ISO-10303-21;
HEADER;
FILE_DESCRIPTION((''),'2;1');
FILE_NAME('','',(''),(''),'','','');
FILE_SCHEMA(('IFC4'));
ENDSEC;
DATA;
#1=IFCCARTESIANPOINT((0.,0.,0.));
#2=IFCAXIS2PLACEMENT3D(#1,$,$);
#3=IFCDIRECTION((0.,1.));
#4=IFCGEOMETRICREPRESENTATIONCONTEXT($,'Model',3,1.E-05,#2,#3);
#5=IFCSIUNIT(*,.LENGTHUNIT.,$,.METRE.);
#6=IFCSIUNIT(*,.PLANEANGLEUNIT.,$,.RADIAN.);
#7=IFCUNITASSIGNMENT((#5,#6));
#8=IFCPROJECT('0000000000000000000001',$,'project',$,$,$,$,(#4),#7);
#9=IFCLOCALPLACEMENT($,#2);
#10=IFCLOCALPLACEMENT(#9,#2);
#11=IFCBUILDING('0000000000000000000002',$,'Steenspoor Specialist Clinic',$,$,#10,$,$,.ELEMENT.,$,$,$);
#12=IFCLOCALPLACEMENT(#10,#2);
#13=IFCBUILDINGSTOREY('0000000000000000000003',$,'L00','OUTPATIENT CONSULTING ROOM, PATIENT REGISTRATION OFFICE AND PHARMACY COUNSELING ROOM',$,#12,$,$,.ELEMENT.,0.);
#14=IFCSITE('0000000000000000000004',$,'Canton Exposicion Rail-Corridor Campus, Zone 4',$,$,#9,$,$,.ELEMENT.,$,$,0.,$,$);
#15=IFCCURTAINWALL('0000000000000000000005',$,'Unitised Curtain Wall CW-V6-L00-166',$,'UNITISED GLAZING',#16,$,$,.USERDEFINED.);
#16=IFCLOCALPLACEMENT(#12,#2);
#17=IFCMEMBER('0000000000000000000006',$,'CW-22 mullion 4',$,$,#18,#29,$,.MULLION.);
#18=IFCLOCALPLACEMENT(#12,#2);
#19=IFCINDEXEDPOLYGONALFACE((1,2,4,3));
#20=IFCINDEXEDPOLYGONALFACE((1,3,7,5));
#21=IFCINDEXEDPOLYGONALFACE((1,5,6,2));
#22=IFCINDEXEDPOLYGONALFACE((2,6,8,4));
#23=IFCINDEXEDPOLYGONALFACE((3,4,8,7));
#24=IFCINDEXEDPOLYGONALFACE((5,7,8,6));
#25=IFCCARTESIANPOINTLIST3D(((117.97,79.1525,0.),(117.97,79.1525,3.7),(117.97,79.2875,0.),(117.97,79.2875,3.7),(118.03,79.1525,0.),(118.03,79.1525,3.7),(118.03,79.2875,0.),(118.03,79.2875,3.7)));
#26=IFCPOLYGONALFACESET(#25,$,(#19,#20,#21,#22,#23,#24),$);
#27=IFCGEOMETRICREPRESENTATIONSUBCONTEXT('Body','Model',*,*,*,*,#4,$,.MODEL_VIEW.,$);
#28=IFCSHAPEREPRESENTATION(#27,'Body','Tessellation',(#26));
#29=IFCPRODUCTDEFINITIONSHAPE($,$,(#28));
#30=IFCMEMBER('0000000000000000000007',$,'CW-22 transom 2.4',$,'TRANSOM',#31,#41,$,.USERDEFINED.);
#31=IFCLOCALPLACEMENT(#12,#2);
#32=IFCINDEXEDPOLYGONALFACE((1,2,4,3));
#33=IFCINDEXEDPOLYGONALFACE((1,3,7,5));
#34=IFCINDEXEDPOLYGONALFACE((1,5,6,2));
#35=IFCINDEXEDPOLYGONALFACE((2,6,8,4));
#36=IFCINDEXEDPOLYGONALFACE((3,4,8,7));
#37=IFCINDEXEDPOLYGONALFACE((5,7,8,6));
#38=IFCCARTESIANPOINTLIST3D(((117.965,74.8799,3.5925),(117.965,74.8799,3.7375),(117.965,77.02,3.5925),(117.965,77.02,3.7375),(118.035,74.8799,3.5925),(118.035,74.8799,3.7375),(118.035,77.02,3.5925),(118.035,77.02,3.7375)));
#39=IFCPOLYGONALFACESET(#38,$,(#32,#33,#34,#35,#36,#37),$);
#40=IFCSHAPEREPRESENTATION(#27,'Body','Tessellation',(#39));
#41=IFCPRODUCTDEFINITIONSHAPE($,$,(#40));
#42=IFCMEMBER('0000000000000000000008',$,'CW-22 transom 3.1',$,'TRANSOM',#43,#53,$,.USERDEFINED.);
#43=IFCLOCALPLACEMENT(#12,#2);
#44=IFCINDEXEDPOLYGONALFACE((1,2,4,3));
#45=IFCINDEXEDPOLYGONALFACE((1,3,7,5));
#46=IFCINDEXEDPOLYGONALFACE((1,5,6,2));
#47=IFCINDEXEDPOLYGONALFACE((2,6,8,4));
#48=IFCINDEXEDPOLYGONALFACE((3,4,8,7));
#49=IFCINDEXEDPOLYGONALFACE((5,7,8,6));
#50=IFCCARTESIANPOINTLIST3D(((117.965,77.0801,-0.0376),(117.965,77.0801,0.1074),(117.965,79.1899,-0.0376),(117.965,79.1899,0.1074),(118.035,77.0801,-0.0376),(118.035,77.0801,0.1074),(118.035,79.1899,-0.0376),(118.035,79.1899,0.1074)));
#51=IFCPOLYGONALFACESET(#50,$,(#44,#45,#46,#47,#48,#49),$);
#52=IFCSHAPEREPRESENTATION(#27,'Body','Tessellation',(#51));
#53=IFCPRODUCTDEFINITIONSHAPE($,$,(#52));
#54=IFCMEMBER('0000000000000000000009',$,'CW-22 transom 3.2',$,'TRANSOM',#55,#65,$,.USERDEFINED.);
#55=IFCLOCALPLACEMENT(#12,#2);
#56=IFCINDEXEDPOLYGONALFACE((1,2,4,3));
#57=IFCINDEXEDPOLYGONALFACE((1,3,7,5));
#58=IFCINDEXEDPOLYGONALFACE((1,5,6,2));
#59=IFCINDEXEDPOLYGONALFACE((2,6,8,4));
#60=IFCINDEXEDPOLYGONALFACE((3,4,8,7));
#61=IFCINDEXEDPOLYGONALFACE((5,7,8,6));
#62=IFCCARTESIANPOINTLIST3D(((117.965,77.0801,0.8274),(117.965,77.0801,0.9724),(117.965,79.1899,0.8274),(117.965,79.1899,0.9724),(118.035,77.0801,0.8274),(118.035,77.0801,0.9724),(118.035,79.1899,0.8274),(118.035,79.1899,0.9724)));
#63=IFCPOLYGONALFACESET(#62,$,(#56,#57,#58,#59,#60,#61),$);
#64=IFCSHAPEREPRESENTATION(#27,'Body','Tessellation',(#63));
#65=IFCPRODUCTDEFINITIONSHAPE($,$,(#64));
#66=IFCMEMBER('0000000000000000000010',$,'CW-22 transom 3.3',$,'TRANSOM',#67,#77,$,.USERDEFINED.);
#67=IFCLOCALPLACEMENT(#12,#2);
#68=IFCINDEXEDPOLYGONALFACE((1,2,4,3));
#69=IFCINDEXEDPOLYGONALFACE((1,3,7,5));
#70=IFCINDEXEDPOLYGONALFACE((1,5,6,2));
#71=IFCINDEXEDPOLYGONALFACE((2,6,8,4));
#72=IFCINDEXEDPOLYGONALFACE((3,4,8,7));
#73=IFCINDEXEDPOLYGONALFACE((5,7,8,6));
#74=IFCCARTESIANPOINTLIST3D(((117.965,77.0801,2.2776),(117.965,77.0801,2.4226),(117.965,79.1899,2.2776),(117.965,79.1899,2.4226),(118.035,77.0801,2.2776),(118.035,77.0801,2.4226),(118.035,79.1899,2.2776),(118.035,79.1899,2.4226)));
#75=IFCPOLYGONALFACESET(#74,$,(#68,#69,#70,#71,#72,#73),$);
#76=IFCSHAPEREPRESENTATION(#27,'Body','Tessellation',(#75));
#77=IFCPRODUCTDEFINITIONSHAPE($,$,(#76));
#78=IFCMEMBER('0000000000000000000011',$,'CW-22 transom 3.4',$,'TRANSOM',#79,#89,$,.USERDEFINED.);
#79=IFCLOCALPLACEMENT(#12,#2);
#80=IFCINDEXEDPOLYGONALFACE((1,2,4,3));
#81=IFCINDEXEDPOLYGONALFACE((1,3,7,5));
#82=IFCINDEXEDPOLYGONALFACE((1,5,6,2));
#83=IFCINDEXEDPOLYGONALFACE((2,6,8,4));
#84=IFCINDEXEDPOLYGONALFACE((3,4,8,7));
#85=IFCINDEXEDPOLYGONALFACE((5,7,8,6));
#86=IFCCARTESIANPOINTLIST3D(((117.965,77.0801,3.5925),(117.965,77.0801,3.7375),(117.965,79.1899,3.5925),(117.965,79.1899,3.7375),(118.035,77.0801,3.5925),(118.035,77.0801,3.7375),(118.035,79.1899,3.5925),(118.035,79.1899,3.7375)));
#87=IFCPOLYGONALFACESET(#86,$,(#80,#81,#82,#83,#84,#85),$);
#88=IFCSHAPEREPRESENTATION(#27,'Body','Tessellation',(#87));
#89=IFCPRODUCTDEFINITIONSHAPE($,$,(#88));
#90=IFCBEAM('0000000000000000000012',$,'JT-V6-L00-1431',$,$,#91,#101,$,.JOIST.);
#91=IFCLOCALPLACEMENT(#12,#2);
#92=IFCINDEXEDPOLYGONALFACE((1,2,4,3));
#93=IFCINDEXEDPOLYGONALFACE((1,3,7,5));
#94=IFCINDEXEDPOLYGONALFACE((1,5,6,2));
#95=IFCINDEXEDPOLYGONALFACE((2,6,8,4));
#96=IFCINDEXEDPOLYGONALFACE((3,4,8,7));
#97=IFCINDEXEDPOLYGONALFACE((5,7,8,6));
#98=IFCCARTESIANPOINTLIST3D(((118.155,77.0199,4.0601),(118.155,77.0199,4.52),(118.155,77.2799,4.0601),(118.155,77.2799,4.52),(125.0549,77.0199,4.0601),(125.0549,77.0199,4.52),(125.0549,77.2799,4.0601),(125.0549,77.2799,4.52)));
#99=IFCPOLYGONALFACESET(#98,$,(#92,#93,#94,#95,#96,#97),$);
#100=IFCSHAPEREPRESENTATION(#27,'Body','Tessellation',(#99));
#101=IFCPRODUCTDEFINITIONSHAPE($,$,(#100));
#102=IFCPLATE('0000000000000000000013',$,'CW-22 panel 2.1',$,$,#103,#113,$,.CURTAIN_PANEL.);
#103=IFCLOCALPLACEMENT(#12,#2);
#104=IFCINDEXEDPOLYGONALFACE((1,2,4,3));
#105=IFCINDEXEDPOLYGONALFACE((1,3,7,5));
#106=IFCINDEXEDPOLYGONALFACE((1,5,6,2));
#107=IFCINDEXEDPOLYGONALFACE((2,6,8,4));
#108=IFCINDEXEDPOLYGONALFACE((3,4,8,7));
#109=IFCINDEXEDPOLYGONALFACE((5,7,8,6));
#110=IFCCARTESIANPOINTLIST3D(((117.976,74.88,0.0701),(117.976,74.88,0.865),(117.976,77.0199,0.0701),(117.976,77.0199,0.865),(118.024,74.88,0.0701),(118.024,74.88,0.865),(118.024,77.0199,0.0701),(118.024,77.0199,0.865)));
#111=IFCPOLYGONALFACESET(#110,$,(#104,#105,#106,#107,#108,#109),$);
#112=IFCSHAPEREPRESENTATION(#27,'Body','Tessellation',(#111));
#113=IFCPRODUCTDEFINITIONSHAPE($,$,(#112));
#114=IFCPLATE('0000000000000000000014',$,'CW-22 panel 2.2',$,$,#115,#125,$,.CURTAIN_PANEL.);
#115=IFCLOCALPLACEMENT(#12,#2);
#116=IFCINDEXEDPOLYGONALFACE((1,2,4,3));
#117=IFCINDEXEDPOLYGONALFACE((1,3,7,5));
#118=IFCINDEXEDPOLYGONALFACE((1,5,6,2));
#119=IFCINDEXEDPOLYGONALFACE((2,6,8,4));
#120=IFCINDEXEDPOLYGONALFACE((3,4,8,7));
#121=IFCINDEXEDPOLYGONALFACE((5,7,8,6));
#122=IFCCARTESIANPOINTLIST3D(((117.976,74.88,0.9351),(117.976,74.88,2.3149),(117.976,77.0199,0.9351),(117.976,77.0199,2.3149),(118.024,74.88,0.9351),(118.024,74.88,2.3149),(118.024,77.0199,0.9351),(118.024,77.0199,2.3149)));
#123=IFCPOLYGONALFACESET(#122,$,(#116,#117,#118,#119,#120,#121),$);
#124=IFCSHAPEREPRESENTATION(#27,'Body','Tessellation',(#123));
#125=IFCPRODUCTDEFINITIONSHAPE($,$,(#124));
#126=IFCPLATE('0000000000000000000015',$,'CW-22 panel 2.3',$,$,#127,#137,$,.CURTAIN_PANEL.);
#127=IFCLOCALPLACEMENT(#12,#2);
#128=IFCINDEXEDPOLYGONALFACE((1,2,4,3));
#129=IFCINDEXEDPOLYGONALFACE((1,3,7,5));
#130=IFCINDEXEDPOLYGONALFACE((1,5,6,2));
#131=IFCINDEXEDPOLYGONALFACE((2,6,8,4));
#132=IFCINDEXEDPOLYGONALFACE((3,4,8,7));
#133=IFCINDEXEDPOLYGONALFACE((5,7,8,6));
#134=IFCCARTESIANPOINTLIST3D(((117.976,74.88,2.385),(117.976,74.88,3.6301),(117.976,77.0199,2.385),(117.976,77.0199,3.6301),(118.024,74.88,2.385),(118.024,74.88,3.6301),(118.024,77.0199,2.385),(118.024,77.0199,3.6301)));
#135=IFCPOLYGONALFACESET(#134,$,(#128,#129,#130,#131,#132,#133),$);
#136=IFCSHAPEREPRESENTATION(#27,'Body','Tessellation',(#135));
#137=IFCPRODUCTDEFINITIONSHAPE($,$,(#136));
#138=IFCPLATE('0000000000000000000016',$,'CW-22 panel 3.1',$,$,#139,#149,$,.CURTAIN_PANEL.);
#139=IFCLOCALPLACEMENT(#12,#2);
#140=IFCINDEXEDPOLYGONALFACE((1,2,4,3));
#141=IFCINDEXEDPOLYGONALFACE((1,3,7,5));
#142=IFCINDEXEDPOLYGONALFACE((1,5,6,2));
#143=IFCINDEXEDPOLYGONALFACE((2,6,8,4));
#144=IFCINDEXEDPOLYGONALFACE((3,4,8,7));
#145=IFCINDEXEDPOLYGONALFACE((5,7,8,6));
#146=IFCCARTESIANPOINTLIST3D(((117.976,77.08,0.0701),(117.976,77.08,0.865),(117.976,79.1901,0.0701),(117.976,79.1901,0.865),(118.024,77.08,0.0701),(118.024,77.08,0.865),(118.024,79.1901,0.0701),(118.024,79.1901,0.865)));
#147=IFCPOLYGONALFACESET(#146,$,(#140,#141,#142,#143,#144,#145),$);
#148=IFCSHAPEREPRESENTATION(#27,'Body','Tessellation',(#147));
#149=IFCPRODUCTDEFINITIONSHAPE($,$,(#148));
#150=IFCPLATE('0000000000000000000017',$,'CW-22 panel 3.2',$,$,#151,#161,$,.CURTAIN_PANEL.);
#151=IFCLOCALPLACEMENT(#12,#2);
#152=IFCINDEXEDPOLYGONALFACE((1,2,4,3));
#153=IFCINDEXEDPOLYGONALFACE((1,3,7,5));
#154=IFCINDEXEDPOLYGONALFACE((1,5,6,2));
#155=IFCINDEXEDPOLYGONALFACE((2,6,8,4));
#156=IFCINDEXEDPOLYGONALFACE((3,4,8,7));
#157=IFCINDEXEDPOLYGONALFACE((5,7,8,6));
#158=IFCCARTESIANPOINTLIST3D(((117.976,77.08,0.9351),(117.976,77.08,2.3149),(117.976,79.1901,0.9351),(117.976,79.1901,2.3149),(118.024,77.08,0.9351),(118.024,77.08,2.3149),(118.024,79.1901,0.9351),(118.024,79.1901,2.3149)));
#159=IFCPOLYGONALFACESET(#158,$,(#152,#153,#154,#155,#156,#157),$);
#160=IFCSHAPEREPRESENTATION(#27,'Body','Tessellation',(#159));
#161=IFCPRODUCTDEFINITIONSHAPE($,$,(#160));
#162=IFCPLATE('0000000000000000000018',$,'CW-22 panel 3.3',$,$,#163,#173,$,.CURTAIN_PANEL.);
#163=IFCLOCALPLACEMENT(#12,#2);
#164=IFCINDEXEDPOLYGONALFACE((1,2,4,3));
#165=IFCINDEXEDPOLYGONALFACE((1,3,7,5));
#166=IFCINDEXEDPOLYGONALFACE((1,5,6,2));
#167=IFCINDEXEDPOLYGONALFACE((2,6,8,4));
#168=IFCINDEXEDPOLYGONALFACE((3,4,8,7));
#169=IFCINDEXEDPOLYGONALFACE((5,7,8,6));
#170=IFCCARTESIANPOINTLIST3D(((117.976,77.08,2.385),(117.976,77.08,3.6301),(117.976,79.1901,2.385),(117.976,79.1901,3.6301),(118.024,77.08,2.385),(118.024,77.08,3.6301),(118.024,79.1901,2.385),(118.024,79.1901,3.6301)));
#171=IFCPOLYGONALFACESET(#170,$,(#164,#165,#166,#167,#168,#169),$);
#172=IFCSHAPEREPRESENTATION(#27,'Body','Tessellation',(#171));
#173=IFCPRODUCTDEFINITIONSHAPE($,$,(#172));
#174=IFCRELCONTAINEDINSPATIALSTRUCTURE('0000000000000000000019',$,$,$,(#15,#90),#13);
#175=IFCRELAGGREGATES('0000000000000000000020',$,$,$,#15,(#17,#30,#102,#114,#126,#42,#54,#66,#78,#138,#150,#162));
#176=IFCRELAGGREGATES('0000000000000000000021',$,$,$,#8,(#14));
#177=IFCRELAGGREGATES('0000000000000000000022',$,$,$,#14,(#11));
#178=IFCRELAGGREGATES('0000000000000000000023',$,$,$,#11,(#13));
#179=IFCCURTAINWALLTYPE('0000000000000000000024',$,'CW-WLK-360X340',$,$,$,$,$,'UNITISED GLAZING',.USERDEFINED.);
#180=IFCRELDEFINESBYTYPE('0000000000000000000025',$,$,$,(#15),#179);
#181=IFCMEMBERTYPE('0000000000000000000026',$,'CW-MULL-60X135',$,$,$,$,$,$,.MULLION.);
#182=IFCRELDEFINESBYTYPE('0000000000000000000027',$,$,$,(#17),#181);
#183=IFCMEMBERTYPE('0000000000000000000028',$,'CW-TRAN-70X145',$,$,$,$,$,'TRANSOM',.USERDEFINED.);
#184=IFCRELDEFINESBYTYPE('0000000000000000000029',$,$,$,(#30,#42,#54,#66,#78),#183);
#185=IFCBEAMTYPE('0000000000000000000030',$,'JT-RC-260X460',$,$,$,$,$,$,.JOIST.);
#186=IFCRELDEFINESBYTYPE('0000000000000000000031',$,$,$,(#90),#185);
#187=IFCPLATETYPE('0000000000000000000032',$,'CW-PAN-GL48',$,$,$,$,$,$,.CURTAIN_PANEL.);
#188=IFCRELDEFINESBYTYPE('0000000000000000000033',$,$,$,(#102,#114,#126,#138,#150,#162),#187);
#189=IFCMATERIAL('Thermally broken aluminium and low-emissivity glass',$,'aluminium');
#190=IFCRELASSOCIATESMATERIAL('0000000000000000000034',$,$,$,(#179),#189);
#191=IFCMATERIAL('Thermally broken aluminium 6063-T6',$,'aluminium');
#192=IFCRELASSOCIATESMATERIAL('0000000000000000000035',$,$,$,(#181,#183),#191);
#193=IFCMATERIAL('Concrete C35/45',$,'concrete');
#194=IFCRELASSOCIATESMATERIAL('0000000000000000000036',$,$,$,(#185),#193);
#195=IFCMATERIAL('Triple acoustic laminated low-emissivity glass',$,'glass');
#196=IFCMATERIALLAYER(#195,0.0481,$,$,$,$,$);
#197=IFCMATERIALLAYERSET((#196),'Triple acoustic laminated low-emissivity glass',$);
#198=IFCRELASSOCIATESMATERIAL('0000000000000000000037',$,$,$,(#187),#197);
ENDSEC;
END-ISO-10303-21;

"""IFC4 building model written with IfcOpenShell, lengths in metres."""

from ifc_helpers import new_model, si_unit, direction, frame, origin, origin_2d, place, context, subcontext, project, spatial, rectangle, extrude, material, layer, layer_set, material_profile, profile_set, type_object, element, aggregate, save


model = new_model("IFC4")

# Units and contexts
model_context = context("Model", 3, precision=1e-05, world=origin(), true_north=direction((0.0, 1.0)))
body_context = subcontext(model_context, "Body", "Model", "MODEL_VIEW")
ifc_project = project(units=[si_unit("LENGTHUNIT", "METRE"), si_unit("PLANEANGLEUNIT", "RADIAN")], contexts=[model_context])

# Site, building, storey
site_placement = place(None, origin())
site = spatial("IfcSite", under=ifc_project, at=site_placement, Name="Canton Exposicion Rail-Corridor Campus, Zone 4", CompositionType="ELEMENT", RefElevation=0.0)
building_placement = place(site_placement, origin())
building = spatial("IfcBuilding", under=site, at=building_placement, Name="Steenspoor Specialist Clinic", CompositionType="ELEMENT")
storey_placement = place(building_placement, origin())
storey = spatial("IfcBuildingStorey", under=building, at=storey_placement, Name="L00", Description="OUTPATIENT CONSULTING ROOM, PATIENT REGISTRATION OFFICE AND PHARMACY COUNSELING ROOM", CompositionType="ELEMENT", Elevation=0.0)

# Shared definitions
ifc_material_1 = material(Name="Concrete C35/45", Category="concrete")

# Curtain wall, members
ifc_material_2 = material(Name="Thermally broken aluminium and low-emissivity glass", Category="aluminium")
curtain_wall_type = type_object("IfcCurtainWallType", Name="CW-WLK-360X340", ElementType="UNITISED GLAZING", PredefinedType="USERDEFINED", material=ifc_material_2)
curtain_wall_placement = place(storey_placement, origin())
curtain_wall = element("IfcCurtainWall", 1, at=curtain_wall_placement, inside=storey, type_object=curtain_wall_type, Name="Unitised Curtain Wall CW-V6-L00-166", ObjectType="UNITISED GLAZING", PredefinedType="USERDEFINED")
ifc_material_3 = material(Name="Thermally broken aluminium 6063-T6", Category="aluminium")
ifc_material_profile_1 = material_profile(ifc_material_3, rectangle(XDim=0.0601, YDim=0.135, at=origin_2d()), Name="CWM-60X135")
ifc_profile_set_1 = profile_set([ifc_material_profile_1], Name="Thermally broken aluminium 6063-T6")
member_type_1 = type_object("IfcMemberType", Name="CW-MULL-60X135", PredefinedType="MULLION", material=ifc_profile_set_1)
member_1_placement = place(storey_placement, frame((118.0, 79.22, 0.0), z_axis=(0.0, 0.0, 1.0), x_axis=(-1.0, 0.0, 0.0)))
member_1 = element("IfcMember", 2, at=member_1_placement, type_object=member_type_1, Name="CW-22 mullion 4", PredefinedType="MULLION", context=body_context, shape_type="SweptSolid", body=[
    extrude(rectangle(XDim=0.0601, YDim=0.135, at=origin_2d()), origin(), (0.0, 0.0, 1.0), 3.7),
])
ifc_material_profile_2 = material_profile(ifc_material_3, rectangle(XDim=0.0701, YDim=0.145, at=origin_2d()), Name="CWT-70X145")
ifc_profile_set_2 = profile_set([ifc_material_profile_2], Name="Thermally broken aluminium 6063-T6")
member_type_2 = type_object("IfcMemberType", Name="CW-TRAN-70X145", ElementType="TRANSOM", PredefinedType="USERDEFINED", material=ifc_profile_set_2)
member_2_placement = place(storey_placement, frame((118.0, 74.8799, 3.665), z_axis=(0.0, 1.0, 0.0), x_axis=(-1.0, 0.0, 0.0)))
member_2 = element("IfcMember", 3, at=member_2_placement, type_object=member_type_2, Name="CW-22 transom 2.4", ObjectType="TRANSOM", PredefinedType="USERDEFINED", context=body_context, shape_type="SweptSolid", body=[
    extrude(rectangle(XDim=0.0701, YDim=0.145, at=origin_2d()), origin(), (0.0, 0.0, 1.0), 2.1401),
])
member_3_placement = place(storey_placement, frame((118.0, 77.0801, 0.0349), z_axis=(0.0, 1.0, 0.0), x_axis=(-1.0, 0.0, 0.0)))
member_3 = element("IfcMember", 4, at=member_3_placement, type_object=member_type_2, Name="CW-22 transom 3.1", ObjectType="TRANSOM", PredefinedType="USERDEFINED", context=body_context, shape_type="SweptSolid", body=[
    extrude(rectangle(XDim=0.0701, YDim=0.145, at=origin_2d()), origin(), (0.0, 0.0, 1.0), 2.1099),
])
member_4_placement = place(storey_placement, frame((118.0, 77.0801, 0.8999), z_axis=(0.0, 1.0, 0.0), x_axis=(-1.0, 0.0, 0.0)))
member_4 = element("IfcMember", 5, at=member_4_placement, type_object=member_type_2, Name="CW-22 transom 3.2", ObjectType="TRANSOM", PredefinedType="USERDEFINED", context=body_context, shape_type="SweptSolid", body=[
    extrude(rectangle(XDim=0.0701, YDim=0.145, at=origin_2d()), origin(), (0.0, 0.0, 1.0), 2.1099),
])
member_5_placement = place(storey_placement, frame((118.0, 77.0801, 2.3501), z_axis=(0.0, 1.0, 0.0), x_axis=(-1.0, 0.0, 0.0)))
member_5 = element("IfcMember", 6, at=member_5_placement, type_object=member_type_2, Name="CW-22 transom 3.3", ObjectType="TRANSOM", PredefinedType="USERDEFINED", context=body_context, shape_type="SweptSolid", body=[
    extrude(rectangle(XDim=0.0701, YDim=0.145, at=origin_2d()), origin(), (0.0, 0.0, 1.0), 2.1099),
])
member_6_placement = place(storey_placement, frame((118.0, 77.0801, 3.665), z_axis=(0.0, 1.0, 0.0), x_axis=(-1.0, 0.0, 0.0)))
member_6 = element("IfcMember", 7, at=member_6_placement, type_object=member_type_2, Name="CW-22 transom 3.4", ObjectType="TRANSOM", PredefinedType="USERDEFINED", context=body_context, shape_type="SweptSolid", body=[
    extrude(rectangle(XDim=0.0701, YDim=0.145, at=origin_2d()), origin(), (0.0, 0.0, 1.0), 2.1099),
])

# Beam
ifc_material_profile_3 = material_profile(ifc_material_1, rectangle(XDim=0.26, YDim=0.46, at=origin_2d()), Name="RC-JT-260X460")
ifc_profile_set_3 = profile_set([ifc_material_profile_3], Name="Concrete C35/45")
beam_type_1 = type_object("IfcBeamType", Name="JT-RC-260X460", PredefinedType="JOIST", material=ifc_profile_set_3)
beam_1_placement = place(storey_placement, frame((118.155, 77.1499, 4.29), z_axis=(1.0, 0.0, 0.0), x_axis=(0.0, 1.0, 0.0)))
element("IfcBeam", 8, at=beam_1_placement, inside=storey, type_object=beam_type_1, Name="JT-V6-L00-1431", PredefinedType="JOIST", context=body_context, shape_type="SweptSolid", body=[
    extrude(rectangle(XDim=0.26, YDim=0.46, at=origin_2d()), origin(), (0.0, 0.0, 1.0), 6.8999),
])

# Plates
ifc_material_4 = material(Name="Triple acoustic laminated low-emissivity glass", Category="glass")
ifc_layer = layer(ifc_material_4, 0.0481)
ifc_layer_set = layer_set([ifc_layer], Name="Triple acoustic laminated low-emissivity glass")
plate_type = type_object("IfcPlateType", Name="CW-PAN-GL48", PredefinedType="CURTAIN_PANEL", material=ifc_layer_set)
plate_1_placement = place(storey_placement, frame((118.0, 75.95, 0.0701), z_axis=(0.0, 0.0, 1.0), x_axis=(0.0, 1.0, 0.0)))
plate_1 = element("IfcPlate", 9, at=plate_1_placement, type_object=plate_type, Name="CW-22 panel 2.1", PredefinedType="CURTAIN_PANEL", context=body_context, shape_type="SweptSolid", body=[
    extrude(rectangle(XDim=2.1399, YDim=0.0481, at=origin_2d()), origin(), (0.0, 0.0, 1.0), 0.7949),
])
plate_2_placement = place(storey_placement, frame((118.0, 75.95, 0.9351), z_axis=(0.0, 0.0, 1.0), x_axis=(0.0, 1.0, 0.0)))
plate_2 = element("IfcPlate", 10, at=plate_2_placement, type_object=plate_type, Name="CW-22 panel 2.2", PredefinedType="CURTAIN_PANEL", context=body_context, shape_type="SweptSolid", body=[
    extrude(rectangle(XDim=2.1399, YDim=0.0481, at=origin_2d()), origin(), (0.0, 0.0, 1.0), 1.3799),
])
plate_3_placement = place(storey_placement, frame((118.0, 75.95, 2.385), z_axis=(0.0, 0.0, 1.0), x_axis=(0.0, 1.0, 0.0)))
plate_3 = element("IfcPlate", 11, at=plate_3_placement, type_object=plate_type, Name="CW-22 panel 2.3", PredefinedType="CURTAIN_PANEL", context=body_context, shape_type="SweptSolid", body=[
    extrude(rectangle(XDim=2.1399, YDim=0.0481, at=origin_2d()), origin(), (0.0, 0.0, 1.0), 1.2451),
])
plate_4_placement = place(storey_placement, frame((118.0, 78.135, 0.0701), z_axis=(0.0, 0.0, 1.0), x_axis=(0.0, 1.0, 0.0)))
plate_4 = element("IfcPlate", 12, at=plate_4_placement, type_object=plate_type, Name="CW-22 panel 3.1", PredefinedType="CURTAIN_PANEL", context=body_context, shape_type="SweptSolid", body=[
    extrude(rectangle(XDim=2.1101, YDim=0.0481, at=origin_2d()), origin(), (0.0, 0.0, 1.0), 0.7949),
])
plate_5_placement = place(storey_placement, frame((118.0, 78.135, 0.9351), z_axis=(0.0, 0.0, 1.0), x_axis=(0.0, 1.0, 0.0)))
plate_5 = element("IfcPlate", 13, at=plate_5_placement, type_object=plate_type, Name="CW-22 panel 3.2", PredefinedType="CURTAIN_PANEL", context=body_context, shape_type="SweptSolid", body=[
    extrude(rectangle(XDim=2.1101, YDim=0.0481, at=origin_2d()), origin(), (0.0, 0.0, 1.0), 1.3799),
])
plate_6_placement = place(storey_placement, frame((118.0, 78.135, 2.385), z_axis=(0.0, 0.0, 1.0), x_axis=(0.0, 1.0, 0.0)))
plate_6 = element("IfcPlate", 14, at=plate_6_placement, type_object=plate_type, Name="CW-22 panel 3.3", PredefinedType="CURTAIN_PANEL", context=body_context, shape_type="SweptSolid", body=[
    extrude(rectangle(XDim=2.1101, YDim=0.0481, at=origin_2d()), origin(), (0.0, 0.0, 1.0), 1.2451),
])
aggregate(curtain_wall, [member_1, member_2, plate_1, plate_2, plate_3, member_3, member_4, member_5, member_6, plate_4, plate_5, plate_6])

save(model, "model.ifc")
